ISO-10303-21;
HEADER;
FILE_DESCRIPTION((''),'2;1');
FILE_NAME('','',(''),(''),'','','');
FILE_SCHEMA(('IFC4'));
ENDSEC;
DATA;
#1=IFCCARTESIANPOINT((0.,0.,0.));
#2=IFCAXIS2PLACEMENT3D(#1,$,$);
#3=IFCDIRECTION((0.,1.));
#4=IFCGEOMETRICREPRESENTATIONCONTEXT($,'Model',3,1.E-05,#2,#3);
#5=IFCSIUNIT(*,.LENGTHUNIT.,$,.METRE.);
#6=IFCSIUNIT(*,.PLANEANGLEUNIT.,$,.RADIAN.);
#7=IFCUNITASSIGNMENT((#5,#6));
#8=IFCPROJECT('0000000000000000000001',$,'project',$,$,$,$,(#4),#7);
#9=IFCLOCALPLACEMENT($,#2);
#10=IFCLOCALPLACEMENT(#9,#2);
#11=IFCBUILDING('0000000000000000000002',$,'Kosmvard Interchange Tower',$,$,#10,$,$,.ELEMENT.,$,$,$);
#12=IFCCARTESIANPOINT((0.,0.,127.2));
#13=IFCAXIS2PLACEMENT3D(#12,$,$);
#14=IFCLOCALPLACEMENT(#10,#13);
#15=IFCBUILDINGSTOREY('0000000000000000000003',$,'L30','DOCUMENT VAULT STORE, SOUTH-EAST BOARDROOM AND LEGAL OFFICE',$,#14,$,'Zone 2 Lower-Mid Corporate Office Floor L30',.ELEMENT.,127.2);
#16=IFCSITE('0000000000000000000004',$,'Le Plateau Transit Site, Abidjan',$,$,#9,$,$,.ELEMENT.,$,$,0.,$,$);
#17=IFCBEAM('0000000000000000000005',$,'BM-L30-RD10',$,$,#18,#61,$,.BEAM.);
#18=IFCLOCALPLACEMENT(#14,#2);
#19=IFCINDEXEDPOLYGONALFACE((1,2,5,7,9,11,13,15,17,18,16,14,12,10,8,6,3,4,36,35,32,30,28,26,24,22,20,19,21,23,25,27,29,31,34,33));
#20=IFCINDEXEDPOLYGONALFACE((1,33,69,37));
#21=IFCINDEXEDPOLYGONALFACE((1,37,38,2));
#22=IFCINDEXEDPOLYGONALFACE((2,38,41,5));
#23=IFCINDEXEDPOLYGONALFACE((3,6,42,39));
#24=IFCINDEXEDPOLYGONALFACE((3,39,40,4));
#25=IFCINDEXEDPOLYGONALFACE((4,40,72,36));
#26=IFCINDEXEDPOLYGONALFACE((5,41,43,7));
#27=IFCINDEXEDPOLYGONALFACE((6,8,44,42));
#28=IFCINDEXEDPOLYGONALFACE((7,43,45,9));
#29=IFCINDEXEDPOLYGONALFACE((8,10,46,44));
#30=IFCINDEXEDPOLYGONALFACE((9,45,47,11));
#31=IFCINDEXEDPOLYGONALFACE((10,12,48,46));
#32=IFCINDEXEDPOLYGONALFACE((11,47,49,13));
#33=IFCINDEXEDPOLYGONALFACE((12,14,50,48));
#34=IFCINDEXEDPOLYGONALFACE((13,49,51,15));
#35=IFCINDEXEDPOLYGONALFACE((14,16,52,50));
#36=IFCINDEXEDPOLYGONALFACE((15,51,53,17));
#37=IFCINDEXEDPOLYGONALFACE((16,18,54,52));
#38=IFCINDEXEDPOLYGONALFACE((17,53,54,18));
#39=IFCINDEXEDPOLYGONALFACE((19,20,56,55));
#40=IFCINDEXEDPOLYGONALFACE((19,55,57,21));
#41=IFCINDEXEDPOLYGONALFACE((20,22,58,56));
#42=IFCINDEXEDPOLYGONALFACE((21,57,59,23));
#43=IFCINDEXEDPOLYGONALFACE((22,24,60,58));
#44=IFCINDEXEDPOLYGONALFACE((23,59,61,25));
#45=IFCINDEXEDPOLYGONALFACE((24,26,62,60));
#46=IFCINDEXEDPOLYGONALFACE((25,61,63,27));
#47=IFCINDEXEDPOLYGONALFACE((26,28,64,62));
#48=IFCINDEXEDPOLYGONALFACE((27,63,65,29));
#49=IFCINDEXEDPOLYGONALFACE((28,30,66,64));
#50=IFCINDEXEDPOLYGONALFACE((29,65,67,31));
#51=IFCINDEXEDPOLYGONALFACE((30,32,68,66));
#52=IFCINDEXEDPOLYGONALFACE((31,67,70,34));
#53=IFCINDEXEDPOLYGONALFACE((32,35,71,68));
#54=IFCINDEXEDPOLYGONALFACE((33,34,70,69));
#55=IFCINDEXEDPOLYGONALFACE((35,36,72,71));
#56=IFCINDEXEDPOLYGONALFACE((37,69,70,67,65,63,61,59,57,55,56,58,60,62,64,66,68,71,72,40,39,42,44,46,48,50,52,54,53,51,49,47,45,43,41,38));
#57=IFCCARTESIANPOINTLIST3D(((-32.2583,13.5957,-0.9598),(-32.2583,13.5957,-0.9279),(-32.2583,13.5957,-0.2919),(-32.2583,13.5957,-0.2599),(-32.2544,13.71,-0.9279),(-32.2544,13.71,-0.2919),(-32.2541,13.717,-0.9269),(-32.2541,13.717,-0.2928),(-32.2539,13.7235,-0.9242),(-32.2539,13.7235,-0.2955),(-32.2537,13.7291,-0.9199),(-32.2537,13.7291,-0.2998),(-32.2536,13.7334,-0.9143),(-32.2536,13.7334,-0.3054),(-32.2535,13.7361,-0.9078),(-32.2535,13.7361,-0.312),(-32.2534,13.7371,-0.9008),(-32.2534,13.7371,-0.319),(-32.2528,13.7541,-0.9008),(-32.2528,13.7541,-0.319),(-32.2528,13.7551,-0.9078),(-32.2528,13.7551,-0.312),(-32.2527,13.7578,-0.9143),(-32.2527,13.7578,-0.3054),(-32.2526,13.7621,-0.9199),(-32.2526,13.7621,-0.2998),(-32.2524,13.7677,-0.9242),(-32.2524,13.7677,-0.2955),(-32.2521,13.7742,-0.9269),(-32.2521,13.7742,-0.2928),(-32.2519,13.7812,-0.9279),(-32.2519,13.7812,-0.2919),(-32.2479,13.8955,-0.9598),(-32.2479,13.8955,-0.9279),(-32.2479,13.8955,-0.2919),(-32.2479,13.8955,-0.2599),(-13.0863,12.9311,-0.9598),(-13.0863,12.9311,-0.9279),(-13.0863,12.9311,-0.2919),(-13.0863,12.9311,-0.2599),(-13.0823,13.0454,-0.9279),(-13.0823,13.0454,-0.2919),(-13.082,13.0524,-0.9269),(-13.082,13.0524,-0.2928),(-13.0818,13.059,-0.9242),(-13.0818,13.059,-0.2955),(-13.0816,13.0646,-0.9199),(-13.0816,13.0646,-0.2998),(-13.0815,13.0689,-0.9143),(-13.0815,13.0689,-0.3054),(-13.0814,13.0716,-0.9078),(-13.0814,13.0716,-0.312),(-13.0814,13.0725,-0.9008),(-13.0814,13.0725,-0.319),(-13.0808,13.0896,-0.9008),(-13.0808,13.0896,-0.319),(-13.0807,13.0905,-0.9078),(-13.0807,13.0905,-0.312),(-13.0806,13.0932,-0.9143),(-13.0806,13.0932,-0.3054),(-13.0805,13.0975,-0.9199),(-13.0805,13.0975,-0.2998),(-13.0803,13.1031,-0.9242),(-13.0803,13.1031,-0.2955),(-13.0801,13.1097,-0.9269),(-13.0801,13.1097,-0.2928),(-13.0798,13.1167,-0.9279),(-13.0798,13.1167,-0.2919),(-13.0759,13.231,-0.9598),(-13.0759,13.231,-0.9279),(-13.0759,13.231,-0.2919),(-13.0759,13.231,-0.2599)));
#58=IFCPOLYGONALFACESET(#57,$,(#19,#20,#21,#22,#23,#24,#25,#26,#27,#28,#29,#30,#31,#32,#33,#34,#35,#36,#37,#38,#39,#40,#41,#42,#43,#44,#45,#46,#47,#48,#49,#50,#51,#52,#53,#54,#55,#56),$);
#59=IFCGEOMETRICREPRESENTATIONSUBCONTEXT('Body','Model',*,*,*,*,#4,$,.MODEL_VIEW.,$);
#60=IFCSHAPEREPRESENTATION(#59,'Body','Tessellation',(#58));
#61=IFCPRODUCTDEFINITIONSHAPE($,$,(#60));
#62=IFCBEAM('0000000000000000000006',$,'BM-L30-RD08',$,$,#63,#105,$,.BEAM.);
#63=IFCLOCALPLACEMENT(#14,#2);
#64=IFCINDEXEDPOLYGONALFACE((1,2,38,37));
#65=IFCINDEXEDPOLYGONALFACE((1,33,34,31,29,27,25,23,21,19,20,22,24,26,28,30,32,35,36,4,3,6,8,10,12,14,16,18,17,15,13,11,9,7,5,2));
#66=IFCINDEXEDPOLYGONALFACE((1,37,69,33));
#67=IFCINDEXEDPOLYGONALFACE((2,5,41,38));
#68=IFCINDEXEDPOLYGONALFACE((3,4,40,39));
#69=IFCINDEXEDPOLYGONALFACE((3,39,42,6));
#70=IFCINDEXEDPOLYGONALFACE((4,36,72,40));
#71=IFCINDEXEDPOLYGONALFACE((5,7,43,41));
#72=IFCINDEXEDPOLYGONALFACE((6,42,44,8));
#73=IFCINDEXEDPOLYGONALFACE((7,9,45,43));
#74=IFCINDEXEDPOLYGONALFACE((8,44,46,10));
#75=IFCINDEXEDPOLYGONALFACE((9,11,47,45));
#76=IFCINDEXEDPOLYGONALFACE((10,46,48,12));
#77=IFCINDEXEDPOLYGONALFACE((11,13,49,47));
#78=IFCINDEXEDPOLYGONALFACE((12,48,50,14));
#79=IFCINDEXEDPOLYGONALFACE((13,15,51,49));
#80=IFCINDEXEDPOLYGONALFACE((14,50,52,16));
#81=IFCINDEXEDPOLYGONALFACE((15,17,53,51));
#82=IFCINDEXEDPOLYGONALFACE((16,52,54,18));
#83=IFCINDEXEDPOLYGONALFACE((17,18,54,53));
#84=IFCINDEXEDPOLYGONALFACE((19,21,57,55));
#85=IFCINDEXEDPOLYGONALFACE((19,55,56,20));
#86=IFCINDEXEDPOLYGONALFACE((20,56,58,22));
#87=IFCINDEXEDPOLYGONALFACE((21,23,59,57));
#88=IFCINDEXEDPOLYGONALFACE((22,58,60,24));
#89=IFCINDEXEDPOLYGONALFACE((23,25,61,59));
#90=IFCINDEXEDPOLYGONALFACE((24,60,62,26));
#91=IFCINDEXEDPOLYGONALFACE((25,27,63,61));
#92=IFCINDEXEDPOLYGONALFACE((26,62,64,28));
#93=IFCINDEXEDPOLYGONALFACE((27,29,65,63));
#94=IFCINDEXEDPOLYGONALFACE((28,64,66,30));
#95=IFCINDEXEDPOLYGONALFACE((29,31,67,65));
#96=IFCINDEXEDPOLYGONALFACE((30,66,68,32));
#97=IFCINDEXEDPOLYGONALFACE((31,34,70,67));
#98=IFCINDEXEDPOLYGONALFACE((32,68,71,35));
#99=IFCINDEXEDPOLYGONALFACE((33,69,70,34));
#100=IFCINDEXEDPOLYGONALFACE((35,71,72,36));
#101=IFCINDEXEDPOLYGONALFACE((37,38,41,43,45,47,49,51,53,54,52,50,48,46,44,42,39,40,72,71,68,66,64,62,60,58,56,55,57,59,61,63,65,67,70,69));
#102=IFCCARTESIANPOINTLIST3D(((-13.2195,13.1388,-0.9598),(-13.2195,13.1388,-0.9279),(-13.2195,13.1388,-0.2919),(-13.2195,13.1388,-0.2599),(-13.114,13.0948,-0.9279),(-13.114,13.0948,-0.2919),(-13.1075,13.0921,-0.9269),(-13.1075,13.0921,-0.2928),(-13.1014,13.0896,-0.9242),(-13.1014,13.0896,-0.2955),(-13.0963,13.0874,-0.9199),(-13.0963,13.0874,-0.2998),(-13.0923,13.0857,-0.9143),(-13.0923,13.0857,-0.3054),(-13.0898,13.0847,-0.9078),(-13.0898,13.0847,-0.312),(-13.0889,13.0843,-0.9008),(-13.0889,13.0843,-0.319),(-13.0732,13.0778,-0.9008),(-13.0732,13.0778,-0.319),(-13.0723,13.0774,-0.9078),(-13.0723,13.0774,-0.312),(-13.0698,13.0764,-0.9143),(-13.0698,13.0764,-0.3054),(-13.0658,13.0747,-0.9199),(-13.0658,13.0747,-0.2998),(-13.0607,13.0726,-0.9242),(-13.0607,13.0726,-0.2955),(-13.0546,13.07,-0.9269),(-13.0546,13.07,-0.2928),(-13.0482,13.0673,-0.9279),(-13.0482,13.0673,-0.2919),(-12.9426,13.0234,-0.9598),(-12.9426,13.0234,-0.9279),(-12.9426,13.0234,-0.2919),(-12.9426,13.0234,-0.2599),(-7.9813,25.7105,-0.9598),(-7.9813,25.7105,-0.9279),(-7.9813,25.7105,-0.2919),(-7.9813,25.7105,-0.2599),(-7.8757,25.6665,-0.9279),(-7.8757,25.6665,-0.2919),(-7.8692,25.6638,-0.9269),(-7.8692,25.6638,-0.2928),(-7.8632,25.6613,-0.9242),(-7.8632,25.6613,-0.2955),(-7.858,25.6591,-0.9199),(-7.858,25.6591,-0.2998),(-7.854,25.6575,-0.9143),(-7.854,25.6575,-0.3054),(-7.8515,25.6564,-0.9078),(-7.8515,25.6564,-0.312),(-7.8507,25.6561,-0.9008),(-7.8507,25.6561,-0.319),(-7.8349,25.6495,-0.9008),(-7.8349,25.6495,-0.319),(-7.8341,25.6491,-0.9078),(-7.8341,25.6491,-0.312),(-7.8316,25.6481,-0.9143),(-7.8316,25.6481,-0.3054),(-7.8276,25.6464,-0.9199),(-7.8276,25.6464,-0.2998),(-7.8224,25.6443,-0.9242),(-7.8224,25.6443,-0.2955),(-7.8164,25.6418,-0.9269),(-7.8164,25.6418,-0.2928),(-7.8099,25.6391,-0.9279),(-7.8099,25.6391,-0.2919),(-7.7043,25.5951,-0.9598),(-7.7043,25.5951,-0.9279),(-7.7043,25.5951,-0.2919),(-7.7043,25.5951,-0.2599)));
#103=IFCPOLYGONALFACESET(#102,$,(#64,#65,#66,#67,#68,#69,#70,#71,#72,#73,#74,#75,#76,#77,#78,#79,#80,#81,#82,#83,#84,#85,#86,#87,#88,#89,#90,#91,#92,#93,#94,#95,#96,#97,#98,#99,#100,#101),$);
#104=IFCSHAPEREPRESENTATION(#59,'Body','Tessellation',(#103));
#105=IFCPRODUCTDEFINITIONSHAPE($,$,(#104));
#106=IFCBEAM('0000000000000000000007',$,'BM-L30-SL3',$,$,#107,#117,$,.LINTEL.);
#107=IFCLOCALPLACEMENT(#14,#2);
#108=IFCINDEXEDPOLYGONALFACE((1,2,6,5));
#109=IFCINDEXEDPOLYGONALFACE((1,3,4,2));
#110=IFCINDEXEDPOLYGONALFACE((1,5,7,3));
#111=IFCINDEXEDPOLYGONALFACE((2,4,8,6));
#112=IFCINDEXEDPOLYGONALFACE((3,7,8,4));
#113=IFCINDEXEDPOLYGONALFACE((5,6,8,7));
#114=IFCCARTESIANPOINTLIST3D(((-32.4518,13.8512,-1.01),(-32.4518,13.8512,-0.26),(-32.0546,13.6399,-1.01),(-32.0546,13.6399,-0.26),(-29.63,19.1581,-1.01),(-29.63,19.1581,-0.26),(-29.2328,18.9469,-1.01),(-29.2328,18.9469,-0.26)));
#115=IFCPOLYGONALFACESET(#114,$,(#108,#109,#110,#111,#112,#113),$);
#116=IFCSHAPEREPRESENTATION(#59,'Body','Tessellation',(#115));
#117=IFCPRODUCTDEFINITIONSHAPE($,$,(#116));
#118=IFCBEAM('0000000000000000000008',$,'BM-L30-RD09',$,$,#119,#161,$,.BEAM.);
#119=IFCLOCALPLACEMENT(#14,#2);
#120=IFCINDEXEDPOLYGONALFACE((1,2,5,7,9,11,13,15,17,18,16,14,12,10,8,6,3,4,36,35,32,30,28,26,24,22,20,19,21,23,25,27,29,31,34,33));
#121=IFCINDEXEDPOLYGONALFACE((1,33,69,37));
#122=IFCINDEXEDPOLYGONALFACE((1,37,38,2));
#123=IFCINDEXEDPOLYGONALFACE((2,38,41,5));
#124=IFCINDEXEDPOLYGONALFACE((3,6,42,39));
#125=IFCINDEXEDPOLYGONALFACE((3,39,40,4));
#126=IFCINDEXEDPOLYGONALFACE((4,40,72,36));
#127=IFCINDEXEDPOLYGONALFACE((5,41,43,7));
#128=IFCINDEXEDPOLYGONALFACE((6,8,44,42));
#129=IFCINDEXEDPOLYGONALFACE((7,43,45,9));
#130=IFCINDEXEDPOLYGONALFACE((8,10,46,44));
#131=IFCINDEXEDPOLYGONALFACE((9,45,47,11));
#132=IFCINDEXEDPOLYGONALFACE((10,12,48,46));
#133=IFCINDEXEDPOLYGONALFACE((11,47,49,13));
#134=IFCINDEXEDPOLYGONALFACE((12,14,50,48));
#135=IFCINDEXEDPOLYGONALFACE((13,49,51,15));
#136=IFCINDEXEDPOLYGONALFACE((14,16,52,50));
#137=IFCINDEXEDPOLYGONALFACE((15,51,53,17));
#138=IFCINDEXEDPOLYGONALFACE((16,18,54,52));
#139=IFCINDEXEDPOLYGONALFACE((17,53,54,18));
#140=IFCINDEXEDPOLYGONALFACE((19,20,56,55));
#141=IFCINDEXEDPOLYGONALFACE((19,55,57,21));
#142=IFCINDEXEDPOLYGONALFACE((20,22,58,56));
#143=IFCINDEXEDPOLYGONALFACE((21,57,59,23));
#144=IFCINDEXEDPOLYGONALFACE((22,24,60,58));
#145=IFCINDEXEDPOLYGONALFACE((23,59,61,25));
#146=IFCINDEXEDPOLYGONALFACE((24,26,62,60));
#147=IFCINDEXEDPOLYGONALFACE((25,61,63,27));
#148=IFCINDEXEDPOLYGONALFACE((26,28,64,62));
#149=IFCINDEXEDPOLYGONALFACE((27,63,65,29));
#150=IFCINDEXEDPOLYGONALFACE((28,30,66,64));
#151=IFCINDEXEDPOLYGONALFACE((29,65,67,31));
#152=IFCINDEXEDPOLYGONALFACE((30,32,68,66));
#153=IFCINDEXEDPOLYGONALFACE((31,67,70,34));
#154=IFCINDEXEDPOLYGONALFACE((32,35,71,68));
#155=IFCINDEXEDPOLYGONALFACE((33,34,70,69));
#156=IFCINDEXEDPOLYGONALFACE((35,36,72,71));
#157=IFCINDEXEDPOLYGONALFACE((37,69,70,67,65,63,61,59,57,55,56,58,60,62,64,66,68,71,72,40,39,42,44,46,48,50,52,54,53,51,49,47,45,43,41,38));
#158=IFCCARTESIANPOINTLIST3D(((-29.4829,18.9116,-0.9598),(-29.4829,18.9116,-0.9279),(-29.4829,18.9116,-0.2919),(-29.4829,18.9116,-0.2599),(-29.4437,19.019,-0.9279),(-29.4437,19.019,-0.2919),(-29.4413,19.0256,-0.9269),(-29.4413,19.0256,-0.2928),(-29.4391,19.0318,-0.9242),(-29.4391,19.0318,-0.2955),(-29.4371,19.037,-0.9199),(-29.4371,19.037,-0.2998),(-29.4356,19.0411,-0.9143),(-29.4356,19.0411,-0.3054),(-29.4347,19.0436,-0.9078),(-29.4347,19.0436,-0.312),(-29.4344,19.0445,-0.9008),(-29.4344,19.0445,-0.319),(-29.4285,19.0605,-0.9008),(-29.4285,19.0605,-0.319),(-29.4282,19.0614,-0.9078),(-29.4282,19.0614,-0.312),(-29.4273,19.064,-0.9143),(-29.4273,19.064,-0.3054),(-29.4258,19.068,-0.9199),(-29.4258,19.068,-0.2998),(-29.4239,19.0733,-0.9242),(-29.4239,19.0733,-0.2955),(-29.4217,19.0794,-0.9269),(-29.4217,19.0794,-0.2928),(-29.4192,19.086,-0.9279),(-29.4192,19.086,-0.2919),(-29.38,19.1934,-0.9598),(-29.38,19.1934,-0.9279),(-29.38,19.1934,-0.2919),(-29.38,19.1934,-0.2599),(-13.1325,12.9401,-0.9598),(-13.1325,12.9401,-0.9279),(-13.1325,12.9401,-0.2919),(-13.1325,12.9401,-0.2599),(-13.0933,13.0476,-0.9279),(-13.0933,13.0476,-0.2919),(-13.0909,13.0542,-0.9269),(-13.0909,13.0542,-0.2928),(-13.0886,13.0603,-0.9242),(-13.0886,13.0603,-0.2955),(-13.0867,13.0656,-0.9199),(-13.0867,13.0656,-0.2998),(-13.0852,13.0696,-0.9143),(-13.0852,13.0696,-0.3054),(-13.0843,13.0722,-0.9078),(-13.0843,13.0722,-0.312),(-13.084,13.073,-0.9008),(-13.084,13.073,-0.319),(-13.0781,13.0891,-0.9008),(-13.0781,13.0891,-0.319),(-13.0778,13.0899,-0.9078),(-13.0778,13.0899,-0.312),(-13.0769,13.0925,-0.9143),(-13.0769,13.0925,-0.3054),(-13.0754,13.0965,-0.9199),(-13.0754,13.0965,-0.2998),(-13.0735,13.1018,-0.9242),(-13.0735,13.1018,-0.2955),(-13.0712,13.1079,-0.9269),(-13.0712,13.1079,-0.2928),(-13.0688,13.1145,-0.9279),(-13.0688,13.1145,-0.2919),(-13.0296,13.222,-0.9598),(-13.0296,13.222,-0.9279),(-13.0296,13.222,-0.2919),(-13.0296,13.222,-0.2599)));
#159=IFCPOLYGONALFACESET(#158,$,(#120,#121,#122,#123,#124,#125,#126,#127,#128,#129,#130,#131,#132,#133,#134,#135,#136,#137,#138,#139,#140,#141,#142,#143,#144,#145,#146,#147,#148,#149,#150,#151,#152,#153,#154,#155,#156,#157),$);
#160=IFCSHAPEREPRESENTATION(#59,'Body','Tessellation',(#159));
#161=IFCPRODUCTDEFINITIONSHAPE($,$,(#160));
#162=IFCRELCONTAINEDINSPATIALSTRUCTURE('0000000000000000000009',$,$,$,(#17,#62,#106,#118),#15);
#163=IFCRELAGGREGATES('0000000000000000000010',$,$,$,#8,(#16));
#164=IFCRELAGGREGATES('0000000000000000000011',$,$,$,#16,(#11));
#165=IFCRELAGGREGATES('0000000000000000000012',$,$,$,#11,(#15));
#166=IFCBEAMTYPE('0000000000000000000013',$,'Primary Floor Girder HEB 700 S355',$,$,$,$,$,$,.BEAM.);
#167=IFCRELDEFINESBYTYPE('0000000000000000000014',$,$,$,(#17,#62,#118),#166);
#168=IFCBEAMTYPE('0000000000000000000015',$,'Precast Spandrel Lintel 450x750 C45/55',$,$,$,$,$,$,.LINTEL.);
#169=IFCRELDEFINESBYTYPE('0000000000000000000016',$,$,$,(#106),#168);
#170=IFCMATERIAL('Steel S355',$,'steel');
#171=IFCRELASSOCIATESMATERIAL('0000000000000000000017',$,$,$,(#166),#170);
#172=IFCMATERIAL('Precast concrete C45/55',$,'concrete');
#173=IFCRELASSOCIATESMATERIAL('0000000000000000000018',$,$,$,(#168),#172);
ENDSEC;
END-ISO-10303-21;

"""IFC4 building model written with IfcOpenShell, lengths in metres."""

from ifc_helpers import new_model, si_unit, direction, frame, origin, origin_2d, place, context, subcontext, project, spatial, rectangle, i_section, extrude, source, transform, mapped, material, material_profile, profile_set, type_object, element, save


model = new_model("IFC4")

# Units and contexts
model_context = context("Model", 3, precision=1e-05, world=origin(), true_north=direction((0.0, 1.0)))
body_context = subcontext(model_context, "Body", "Model", "MODEL_VIEW")
ifc_project = project(units=[si_unit("LENGTHUNIT", "METRE"), si_unit("PLANEANGLEUNIT", "RADIAN")], contexts=[model_context])

# Site, building, storey
site_placement = place(None, origin())
site = spatial("IfcSite", under=ifc_project, at=site_placement, Name="Le Plateau Transit Site, Abidjan", CompositionType="ELEMENT", RefElevation=0.0)
building_placement = place(site_placement, origin())
building = spatial("IfcBuilding", under=site, at=building_placement, Name="Kosmvard Interchange Tower", CompositionType="ELEMENT")
storey_placement = place(building_placement, frame((0.0, 0.0, 127.2)))
storey = spatial("IfcBuildingStorey", under=building, at=storey_placement, Name="L30", Description="DOCUMENT VAULT STORE, SOUTH-EAST BOARDROOM AND LEGAL OFFICE", LongName="Zone 2 Lower-Mid Corporate Office Floor L30", CompositionType="ELEMENT", Elevation=127.2)

# Beams
ifc_material_1 = material(Name="Steel S355", Category="steel")
ifc_material_profile_1 = material_profile(ifc_material_1, i_section(OverallWidth=0.3, OverallDepth=0.7, WebThickness=0.0171, FlangeThickness=0.032, FilletRadius=0.0271, at=origin_2d()), Name="HEB 700")
ifc_profile_set_1 = profile_set([ifc_material_profile_1], Name="Steel S355")
beam_type_1 = type_object("IfcBeamType", Name="Primary Floor Girder HEB 700 S355", PredefinedType="BEAM", material=ifc_profile_set_1)
shared_shape_1 = source(origin(), body_context, "Body", "SweptSolid", [
    extrude(i_section(OverallWidth=0.3, OverallDepth=0.7, WebThickness=0.0171, FlangeThickness=0.032, FilletRadius=0.0271, at=origin_2d()), origin(), (0.0, 0.0, 1.0), 19.1836),
])
beam_1_placement = place(storey_placement, frame((-13.0811, 13.0811, -0.6099), z_axis=(-0.9994, 0.034642, 0.0), x_axis=(-0.034642, -0.9994, 0.0)))
element("IfcBeam", 1, at=beam_1_placement, inside=storey, type_object=beam_type_1, Name="BM-L30-RD10", PredefinedType="BEAM", context=body_context, shape_type="MappedRepresentation", body=[
    mapped(shared_shape_1, transform((0.0, 0.0, 0.0), scale=1.0)),
])
shared_shape_2 = source(origin(), body_context, "Body", "SweptSolid", [
    extrude(i_section(OverallWidth=0.3, OverallDepth=0.7, WebThickness=0.0171, FlangeThickness=0.032, FilletRadius=0.0271, at=origin_2d()), origin(), (0.0, 0.0, 1.0), 13.6194),
])
beam_2_placement = place(storey_placement, frame((-13.0811, 13.0811, -0.6099), z_axis=(0.384618, 0.923076, 0.0), x_axis=(-0.923076, 0.384618, 0.0)))
element("IfcBeam", 2, at=beam_2_placement, inside=storey, type_object=beam_type_1, Name="BM-L30-RD08", PredefinedType="BEAM", context=body_context, shape_type="MappedRepresentation", body=[
    mapped(shared_shape_2, transform((0.0, 0.0, 0.0), scale=1.0)),
])
ifc_material_2 = material(Name="Precast concrete C45/55", Category="concrete")
ifc_material_profile_2 = material_profile(ifc_material_2, rectangle(XDim=0.45, YDim=0.75, at=origin_2d()), Name="SL 450x750")
ifc_profile_set_2 = profile_set([ifc_material_profile_2], Name="Precast concrete C45/55")
beam_type_2 = type_object("IfcBeamType", Name="Precast Spandrel Lintel 450x750 C45/55", PredefinedType="LINTEL", material=ifc_profile_set_2)
shared_shape_3 = source(origin(), body_context, "Body", "SweptSolid", [
    extrude(rectangle(XDim=0.45, YDim=0.75, at=origin_2d()), origin(), (0.0, 0.0, 1.0), 6.0105),
])
beam_3_placement = place(storey_placement, frame((-29.4314, 19.0525, -0.635), z_axis=(-0.469479, -0.882944, 0.0), x_axis=(0.882944, -0.469479, 0.0)))
element("IfcBeam", 3, at=beam_3_placement, inside=storey, type_object=beam_type_2, Name="BM-L30-SL3", PredefinedType="LINTEL", context=body_context, shape_type="MappedRepresentation", body=[
    mapped(shared_shape_3, transform((0.0, 0.0, 0.0), scale=1.0)),
])
shared_shape_4 = source(origin(), body_context, "Body", "SweptSolid", [
    extrude(i_section(OverallWidth=0.3, OverallDepth=0.7, WebThickness=0.0171, FlangeThickness=0.032, FilletRadius=0.0271, at=origin_2d()), origin(), (0.0, 0.0, 1.0), 17.4067),
])
beam_4_placement = place(storey_placement, frame((-13.0811, 13.0811, -0.6099), z_axis=(-0.939315, 0.343055, 0.0), x_axis=(-0.343055, -0.939315, 0.0)))
element("IfcBeam", 4, at=beam_4_placement, inside=storey, type_object=beam_type_1, Name="BM-L30-RD09", PredefinedType="BEAM", context=body_context, shape_type="MappedRepresentation", body=[
    mapped(shared_shape_4, transform((0.0, 0.0, 0.0), scale=1.0)),
])

save(model, "model.ifc")
